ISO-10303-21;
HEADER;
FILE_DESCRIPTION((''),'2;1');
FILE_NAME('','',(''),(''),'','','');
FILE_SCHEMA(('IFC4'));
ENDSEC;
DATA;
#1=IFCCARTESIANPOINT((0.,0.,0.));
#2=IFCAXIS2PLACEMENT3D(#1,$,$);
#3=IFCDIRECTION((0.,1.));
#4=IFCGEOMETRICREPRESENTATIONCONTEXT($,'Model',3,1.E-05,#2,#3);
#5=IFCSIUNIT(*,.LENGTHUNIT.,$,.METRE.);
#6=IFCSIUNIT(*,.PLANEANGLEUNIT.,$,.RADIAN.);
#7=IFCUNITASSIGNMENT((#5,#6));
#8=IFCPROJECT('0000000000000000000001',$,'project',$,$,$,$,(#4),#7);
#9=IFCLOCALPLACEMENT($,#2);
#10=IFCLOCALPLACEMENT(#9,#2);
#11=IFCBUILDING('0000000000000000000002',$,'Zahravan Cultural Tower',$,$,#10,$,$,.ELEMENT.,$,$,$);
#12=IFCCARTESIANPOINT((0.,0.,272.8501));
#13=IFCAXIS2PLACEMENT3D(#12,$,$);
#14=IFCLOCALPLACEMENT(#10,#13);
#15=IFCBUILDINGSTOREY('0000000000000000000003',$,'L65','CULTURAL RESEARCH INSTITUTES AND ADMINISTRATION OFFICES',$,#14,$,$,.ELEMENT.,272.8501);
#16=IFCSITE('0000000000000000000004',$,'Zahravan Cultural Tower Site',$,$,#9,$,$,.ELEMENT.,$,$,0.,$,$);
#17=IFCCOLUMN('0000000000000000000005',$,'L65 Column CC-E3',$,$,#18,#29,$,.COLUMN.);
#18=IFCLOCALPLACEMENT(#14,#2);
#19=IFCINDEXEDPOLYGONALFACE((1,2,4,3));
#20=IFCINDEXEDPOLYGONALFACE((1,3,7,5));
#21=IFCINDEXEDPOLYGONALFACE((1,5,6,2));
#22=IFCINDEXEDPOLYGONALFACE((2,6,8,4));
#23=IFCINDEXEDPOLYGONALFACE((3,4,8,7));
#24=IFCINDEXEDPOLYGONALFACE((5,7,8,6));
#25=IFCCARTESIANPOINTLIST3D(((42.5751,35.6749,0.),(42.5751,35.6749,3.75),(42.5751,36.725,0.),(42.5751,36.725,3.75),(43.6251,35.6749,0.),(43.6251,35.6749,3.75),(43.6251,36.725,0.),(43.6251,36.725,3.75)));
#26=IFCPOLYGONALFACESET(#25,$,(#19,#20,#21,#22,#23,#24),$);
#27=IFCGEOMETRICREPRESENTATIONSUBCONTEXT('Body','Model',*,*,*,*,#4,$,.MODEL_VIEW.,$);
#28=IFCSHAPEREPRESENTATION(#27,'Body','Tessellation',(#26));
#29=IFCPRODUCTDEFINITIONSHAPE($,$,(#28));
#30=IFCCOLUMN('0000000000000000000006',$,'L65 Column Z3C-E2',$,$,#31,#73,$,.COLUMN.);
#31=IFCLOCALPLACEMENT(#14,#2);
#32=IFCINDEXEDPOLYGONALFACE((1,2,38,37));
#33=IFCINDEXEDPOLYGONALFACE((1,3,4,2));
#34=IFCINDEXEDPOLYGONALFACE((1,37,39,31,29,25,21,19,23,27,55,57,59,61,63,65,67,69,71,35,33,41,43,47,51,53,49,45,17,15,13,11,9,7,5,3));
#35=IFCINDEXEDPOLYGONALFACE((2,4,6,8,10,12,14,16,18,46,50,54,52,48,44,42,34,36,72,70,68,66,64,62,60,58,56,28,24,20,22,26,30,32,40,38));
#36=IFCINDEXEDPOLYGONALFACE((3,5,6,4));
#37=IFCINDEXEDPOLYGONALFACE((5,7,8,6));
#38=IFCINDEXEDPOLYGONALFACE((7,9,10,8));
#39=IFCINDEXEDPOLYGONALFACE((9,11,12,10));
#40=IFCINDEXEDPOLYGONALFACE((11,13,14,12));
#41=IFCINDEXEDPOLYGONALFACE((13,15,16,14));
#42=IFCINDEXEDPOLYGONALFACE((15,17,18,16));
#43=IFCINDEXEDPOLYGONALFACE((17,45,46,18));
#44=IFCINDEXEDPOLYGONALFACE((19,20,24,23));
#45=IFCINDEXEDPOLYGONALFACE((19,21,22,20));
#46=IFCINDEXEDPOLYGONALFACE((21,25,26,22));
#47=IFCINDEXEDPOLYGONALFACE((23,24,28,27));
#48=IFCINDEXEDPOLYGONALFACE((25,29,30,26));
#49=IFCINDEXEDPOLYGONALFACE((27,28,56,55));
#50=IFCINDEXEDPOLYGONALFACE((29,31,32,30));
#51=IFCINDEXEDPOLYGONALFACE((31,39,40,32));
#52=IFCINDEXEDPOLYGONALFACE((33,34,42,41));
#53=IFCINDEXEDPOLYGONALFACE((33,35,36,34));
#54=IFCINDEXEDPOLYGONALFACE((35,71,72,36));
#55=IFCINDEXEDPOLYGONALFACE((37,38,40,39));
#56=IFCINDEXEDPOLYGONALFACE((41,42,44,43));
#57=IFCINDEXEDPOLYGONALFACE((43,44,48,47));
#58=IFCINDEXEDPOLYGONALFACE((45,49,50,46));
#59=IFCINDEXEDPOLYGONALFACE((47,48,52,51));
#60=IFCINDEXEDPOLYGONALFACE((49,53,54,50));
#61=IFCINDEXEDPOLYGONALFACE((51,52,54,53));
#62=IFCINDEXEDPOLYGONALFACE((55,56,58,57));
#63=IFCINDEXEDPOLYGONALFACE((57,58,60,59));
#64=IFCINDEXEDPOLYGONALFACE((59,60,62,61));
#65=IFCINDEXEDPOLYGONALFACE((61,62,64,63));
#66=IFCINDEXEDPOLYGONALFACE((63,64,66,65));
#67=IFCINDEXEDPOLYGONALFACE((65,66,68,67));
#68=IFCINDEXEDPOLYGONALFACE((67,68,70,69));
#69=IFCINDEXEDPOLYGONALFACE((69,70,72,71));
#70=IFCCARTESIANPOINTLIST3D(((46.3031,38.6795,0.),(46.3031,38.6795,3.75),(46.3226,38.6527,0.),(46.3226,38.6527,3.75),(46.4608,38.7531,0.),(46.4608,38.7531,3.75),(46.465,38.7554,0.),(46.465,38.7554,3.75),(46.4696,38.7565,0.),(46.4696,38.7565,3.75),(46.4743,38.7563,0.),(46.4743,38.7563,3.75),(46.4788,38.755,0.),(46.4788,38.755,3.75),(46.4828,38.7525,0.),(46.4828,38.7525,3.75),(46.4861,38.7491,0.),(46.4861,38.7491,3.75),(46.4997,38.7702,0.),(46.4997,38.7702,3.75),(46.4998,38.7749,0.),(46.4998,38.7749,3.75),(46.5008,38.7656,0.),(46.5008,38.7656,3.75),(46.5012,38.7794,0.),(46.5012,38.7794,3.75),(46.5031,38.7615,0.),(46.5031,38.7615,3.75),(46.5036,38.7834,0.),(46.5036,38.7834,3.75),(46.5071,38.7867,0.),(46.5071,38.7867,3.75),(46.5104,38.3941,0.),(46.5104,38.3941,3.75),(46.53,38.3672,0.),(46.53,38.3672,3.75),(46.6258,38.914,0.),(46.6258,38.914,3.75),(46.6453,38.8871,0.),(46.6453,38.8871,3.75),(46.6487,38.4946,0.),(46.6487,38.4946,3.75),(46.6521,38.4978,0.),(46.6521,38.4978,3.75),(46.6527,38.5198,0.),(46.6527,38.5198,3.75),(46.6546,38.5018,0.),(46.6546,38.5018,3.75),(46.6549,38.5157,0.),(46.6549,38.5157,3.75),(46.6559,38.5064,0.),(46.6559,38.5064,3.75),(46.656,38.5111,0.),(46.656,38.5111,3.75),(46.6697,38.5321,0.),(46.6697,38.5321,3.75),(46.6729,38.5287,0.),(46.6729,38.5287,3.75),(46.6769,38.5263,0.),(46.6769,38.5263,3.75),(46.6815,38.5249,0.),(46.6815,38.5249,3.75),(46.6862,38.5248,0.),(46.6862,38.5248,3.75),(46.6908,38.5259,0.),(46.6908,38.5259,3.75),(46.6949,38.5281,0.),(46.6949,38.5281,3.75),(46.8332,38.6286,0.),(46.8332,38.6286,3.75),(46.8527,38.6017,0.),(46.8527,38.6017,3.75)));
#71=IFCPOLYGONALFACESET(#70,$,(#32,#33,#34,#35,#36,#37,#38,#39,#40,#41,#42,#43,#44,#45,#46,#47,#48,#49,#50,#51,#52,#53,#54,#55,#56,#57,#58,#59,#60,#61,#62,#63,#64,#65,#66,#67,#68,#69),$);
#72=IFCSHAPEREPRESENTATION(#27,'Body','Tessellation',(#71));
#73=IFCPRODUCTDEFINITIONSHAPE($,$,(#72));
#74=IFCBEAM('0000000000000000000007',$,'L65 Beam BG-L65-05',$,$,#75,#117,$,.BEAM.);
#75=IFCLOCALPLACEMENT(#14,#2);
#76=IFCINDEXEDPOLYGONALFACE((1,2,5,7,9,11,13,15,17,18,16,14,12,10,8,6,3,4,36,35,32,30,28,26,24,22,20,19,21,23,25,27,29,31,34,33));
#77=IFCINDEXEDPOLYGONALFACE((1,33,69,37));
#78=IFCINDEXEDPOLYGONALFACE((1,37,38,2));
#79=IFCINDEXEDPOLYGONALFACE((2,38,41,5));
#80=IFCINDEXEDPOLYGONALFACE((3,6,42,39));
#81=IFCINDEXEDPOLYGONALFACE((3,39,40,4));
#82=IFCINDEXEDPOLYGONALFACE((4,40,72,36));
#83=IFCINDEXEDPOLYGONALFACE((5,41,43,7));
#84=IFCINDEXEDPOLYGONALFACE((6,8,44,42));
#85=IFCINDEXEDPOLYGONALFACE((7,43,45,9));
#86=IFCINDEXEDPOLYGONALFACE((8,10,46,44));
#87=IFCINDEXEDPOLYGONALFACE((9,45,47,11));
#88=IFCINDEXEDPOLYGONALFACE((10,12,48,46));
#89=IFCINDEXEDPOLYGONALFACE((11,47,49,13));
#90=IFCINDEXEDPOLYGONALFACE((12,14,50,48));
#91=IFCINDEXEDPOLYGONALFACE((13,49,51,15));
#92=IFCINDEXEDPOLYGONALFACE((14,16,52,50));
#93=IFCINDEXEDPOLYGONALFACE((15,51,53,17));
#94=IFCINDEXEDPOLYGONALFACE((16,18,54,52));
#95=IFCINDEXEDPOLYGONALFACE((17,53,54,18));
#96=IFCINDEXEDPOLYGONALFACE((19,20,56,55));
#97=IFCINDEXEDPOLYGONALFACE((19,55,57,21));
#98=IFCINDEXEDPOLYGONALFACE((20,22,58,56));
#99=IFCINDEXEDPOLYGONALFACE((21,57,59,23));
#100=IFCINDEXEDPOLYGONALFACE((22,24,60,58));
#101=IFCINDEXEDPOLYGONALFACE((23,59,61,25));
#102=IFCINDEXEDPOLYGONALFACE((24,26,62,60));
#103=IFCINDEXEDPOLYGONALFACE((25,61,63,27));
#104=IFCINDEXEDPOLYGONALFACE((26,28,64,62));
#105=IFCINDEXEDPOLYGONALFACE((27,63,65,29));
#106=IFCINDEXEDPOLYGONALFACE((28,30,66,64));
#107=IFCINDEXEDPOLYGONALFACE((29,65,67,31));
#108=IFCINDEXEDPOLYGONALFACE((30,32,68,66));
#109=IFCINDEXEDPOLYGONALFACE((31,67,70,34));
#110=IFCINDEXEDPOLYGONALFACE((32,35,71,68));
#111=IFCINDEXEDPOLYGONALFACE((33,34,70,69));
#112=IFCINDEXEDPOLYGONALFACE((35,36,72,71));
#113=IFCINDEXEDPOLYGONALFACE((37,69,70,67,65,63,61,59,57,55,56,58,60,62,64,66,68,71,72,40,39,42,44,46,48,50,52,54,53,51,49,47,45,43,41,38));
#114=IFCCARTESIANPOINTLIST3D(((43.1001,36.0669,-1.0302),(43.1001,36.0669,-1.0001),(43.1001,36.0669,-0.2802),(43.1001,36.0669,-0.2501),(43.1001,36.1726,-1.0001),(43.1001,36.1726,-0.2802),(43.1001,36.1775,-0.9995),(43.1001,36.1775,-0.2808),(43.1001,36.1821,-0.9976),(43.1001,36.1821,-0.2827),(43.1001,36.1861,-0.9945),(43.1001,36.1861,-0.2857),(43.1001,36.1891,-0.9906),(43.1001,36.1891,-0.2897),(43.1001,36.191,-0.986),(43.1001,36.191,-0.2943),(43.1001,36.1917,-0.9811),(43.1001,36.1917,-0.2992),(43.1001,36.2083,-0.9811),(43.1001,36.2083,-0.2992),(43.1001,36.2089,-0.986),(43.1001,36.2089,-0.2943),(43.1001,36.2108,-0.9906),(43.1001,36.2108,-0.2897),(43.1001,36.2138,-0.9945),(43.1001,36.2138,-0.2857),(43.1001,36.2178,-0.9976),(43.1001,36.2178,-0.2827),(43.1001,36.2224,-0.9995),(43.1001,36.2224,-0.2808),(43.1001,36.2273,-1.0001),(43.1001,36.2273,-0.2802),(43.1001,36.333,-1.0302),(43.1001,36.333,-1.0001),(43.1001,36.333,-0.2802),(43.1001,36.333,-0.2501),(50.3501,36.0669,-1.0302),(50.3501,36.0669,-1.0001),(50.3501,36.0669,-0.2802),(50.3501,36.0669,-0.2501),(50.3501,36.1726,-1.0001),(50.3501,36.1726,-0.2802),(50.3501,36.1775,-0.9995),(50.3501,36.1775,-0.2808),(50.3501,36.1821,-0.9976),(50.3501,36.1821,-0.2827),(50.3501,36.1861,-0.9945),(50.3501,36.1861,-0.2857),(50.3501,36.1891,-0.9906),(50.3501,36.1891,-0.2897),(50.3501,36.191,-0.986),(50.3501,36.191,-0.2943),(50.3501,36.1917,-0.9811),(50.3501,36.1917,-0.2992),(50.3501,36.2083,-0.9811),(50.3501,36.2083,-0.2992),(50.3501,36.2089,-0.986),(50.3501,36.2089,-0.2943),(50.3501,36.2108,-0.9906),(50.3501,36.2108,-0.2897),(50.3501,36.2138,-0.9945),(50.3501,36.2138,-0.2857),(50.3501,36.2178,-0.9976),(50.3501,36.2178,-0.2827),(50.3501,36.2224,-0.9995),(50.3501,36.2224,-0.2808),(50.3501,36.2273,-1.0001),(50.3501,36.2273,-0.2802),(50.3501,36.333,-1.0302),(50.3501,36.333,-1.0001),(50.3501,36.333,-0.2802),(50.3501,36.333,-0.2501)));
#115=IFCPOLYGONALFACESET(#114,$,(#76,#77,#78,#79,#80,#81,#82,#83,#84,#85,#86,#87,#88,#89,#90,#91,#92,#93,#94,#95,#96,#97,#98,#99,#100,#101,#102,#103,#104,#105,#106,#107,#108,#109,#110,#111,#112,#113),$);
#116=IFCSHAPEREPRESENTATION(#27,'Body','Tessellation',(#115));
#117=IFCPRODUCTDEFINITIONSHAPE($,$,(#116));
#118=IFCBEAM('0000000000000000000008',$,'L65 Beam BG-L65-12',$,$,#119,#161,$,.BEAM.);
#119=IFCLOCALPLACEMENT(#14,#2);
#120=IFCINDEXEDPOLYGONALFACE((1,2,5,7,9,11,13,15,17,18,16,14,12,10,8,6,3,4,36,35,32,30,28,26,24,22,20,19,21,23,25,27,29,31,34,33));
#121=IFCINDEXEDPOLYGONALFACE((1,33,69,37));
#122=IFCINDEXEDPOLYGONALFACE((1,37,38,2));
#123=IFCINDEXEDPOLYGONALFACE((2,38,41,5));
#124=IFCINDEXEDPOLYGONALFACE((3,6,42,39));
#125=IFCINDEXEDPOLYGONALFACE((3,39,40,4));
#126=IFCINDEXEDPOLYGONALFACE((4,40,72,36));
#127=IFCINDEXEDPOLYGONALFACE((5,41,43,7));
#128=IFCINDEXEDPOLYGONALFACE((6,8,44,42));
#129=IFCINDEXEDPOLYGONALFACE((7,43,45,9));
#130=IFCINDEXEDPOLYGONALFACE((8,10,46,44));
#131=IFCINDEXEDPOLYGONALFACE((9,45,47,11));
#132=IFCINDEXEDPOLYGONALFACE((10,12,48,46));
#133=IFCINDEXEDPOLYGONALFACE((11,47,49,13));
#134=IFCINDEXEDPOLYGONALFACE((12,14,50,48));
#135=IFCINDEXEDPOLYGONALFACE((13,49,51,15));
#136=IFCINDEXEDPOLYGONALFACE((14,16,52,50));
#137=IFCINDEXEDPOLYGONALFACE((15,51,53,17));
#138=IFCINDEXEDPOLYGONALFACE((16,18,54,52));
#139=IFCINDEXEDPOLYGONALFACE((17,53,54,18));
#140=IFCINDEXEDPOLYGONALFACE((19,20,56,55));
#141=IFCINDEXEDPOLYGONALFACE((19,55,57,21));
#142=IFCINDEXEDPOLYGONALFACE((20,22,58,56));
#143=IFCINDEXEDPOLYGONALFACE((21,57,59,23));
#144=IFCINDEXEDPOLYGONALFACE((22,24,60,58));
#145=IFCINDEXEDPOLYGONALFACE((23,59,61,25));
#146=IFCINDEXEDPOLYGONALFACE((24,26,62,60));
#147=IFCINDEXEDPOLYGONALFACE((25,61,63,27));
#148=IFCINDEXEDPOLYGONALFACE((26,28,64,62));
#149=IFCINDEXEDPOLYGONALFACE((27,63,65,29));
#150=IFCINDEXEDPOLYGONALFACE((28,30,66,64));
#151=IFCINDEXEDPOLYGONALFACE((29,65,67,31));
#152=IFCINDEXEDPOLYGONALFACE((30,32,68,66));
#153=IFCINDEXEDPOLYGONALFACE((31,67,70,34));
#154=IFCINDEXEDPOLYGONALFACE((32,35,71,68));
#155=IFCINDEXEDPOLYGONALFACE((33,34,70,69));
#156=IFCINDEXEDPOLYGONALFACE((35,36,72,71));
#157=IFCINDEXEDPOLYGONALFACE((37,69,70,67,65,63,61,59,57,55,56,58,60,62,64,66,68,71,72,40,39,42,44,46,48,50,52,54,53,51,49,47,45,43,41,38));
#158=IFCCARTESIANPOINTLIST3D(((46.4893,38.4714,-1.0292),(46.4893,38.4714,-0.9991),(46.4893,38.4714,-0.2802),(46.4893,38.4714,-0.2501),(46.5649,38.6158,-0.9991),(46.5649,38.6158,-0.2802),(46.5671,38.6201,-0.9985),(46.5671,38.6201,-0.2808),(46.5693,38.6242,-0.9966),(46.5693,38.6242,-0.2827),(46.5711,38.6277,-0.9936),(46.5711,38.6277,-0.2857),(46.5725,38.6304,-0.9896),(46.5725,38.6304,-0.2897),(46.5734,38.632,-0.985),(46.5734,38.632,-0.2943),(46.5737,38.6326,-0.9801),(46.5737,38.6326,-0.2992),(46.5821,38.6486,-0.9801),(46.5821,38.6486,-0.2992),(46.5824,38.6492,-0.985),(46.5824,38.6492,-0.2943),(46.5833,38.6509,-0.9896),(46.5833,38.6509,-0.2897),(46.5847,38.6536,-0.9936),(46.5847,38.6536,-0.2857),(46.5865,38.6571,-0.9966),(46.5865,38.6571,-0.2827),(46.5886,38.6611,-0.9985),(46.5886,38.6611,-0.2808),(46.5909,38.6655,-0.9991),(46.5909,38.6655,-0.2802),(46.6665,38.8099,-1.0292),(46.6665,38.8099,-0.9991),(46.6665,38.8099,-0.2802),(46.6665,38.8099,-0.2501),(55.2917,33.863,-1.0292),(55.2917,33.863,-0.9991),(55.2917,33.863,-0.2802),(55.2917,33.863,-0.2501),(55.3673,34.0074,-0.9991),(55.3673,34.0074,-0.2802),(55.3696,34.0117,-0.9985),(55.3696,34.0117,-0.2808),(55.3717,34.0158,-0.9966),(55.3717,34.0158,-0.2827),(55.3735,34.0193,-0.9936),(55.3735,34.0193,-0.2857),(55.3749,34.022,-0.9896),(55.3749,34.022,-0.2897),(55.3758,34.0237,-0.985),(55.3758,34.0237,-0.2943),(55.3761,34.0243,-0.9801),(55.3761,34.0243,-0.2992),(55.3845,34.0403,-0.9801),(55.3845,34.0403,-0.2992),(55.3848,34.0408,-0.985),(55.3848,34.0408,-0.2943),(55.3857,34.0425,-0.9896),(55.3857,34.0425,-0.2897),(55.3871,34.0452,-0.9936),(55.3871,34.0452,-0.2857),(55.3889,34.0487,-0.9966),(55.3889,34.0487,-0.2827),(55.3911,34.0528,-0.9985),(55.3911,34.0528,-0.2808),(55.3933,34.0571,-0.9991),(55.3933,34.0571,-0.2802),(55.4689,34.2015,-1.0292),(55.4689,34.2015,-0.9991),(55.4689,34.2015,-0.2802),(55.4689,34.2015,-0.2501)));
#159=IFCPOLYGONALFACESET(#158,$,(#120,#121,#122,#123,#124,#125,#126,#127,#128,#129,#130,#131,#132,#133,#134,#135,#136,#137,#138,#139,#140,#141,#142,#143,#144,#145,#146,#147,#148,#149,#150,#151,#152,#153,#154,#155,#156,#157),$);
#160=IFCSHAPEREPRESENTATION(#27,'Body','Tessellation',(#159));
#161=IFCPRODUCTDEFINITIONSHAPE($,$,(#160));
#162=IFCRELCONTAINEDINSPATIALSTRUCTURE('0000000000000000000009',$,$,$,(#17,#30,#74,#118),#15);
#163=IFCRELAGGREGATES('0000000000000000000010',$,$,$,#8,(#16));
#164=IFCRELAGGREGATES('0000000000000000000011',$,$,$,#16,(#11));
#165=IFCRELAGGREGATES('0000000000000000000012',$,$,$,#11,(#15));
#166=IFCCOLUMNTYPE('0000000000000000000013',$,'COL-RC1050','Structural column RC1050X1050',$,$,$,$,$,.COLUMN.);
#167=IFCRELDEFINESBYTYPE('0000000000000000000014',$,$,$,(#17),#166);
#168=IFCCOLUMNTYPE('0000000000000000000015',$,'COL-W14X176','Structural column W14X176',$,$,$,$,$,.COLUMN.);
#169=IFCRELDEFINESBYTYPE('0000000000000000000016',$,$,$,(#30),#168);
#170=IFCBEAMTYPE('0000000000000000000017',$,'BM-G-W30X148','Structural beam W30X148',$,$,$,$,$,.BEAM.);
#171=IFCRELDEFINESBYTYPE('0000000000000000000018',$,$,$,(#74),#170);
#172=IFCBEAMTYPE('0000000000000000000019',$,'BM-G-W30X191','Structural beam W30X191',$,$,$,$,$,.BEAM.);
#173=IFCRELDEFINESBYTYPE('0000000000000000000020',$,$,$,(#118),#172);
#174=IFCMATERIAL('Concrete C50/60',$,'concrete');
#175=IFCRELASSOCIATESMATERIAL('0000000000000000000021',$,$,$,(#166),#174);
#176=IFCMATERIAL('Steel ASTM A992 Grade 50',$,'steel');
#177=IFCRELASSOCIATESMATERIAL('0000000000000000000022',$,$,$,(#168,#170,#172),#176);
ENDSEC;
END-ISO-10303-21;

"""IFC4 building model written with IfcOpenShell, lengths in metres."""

from ifc_helpers import new_model, si_unit, direction, frame, origin, origin_2d, place, context, subcontext, project, spatial, rectangle, i_section, extrude, source, transform, mapped, material, material_profile, profile_set, type_object, element, save


model = new_model("IFC4")

# Units and contexts
model_context = context("Model", 3, precision=1e-05, world=origin(), true_north=direction((0.0, 1.0)))
body_context = subcontext(model_context, "Body", "Model", "MODEL_VIEW")
ifc_project = project(units=[si_unit("LENGTHUNIT", "METRE"), si_unit("PLANEANGLEUNIT", "RADIAN")], contexts=[model_context])

# Site, building, storey
site_placement = place(None, origin())
site = spatial("IfcSite", under=ifc_project, at=site_placement, Name="Zahravan Cultural Tower Site", CompositionType="ELEMENT", RefElevation=0.0)
building_placement = place(site_placement, origin())
building = spatial("IfcBuilding", under=site, at=building_placement, Name="Zahravan Cultural Tower", CompositionType="ELEMENT")
storey_placement = place(building_placement, frame((0.0, 0.0, 272.8501)))
storey = spatial("IfcBuildingStorey", under=building, at=storey_placement, Name="L65", Description="CULTURAL RESEARCH INSTITUTES AND ADMINISTRATION OFFICES", CompositionType="ELEMENT", Elevation=272.8501)

# Columns
ifc_material_1 = material(Name="Concrete C50/60", Category="concrete")
ifc_material_profile_1 = material_profile(ifc_material_1, rectangle(XDim=1.05, YDim=1.05, at=origin_2d()), Name="RC1050X1050")
ifc_profile_set_1 = profile_set([ifc_material_profile_1], Name="Concrete C50/60")
column_type_1 = type_object("IfcColumnType", Name="COL-RC1050", Description="Structural column RC1050X1050", PredefinedType="COLUMN", material=ifc_profile_set_1)
shared_shape_1 = source(origin(), body_context, "Body", "SweptSolid", [
    extrude(rectangle(XDim=1.05, YDim=1.05, at=origin_2d()), origin(), (0.0, 0.0, 1.0), 3.75),
])
column_1_placement = place(storey_placement, frame((43.1001, 36.2, 0.0), z_axis=(0.0, 0.0, 1.0), x_axis=(1.0, 0.0, 0.0)))
element("IfcColumn", 1, at=column_1_placement, inside=storey, type_object=column_type_1, Name="L65 Column CC-E3", PredefinedType="COLUMN", context=body_context, shape_type="MappedRepresentation", body=[
    mapped(shared_shape_1, transform((0.0, 0.0, 0.0), x_axis=(1.0, 0.0, 0.0), y_axis=(0.0, 1.0, 0.0), z_axis=(0.0, 0.0, 1.0), scale=1.0)),
])
ifc_material_2 = material(Name="Steel ASTM A992 Grade 50", Category="steel")
ifc_material_profile_2 = material_profile(ifc_material_2, i_section(OverallWidth=0.3989, OverallDepth=0.386, WebThickness=0.021, FlangeThickness=0.0332, FilletRadius=0.0181, at=origin_2d()), Name="W14X176")
ifc_profile_set_2 = profile_set([ifc_material_profile_2], Name="Steel ASTM A992 Grade 50")
column_type_2 = type_object("IfcColumnType", Name="COL-W14X176", Description="Structural column W14X176", PredefinedType="COLUMN", material=ifc_profile_set_2)
shared_shape_2 = source(origin(), body_context, "Body", "SweptSolid", [
    extrude(i_section(OverallWidth=0.3989, OverallDepth=0.386, WebThickness=0.021, FlangeThickness=0.0332, FilletRadius=0.0181, at=origin_2d()), origin(), (0.0, 0.0, 1.0), 3.75),
])
column_2_placement = place(storey_placement, frame((46.5779, 38.6406, 0.0), z_axis=(0.0, 0.0, 1.0), x_axis=(0.809017, 0.587785, 0.0)))
element("IfcColumn", 2, at=column_2_placement, inside=storey, type_object=column_type_2, Name="L65 Column Z3C-E2", PredefinedType="COLUMN", context=body_context, shape_type="MappedRepresentation", body=[
    mapped(shared_shape_2, transform((0.0, 0.0, 0.0), x_axis=(1.0, 0.0, 0.0), y_axis=(0.0, 1.0, 0.0), z_axis=(0.0, 0.0, 1.0), scale=1.0)),
])

# Beams
ifc_material_profile_3 = material_profile(ifc_material_2, i_section(OverallWidth=0.2661, OverallDepth=0.78, WebThickness=0.0166, FlangeThickness=0.03, FilletRadius=0.019, at=origin_2d()), Name="W30X148")
ifc_profile_set_3 = profile_set([ifc_material_profile_3], Name="Steel ASTM A992 Grade 50")
beam_type_1 = type_object("IfcBeamType", Name="BM-G-W30X148", Description="Structural beam W30X148", PredefinedType="BEAM", material=ifc_profile_set_3)
shared_shape_3 = source(origin(), body_context, "Body", "SweptSolid", [
    extrude(i_section(OverallWidth=0.2661, OverallDepth=0.78, WebThickness=0.0166, FlangeThickness=0.03, FilletRadius=0.019, at=origin_2d()), origin(), (0.0, 0.0, 1.0), 7.25),
])
beam_1_placement = place(storey_placement, frame((43.1001, 36.2, -0.6401), z_axis=(1.0, 0.0, 0.0), x_axis=(0.0, 1.0, 0.0)))
element("IfcBeam", 3, at=beam_1_placement, inside=storey, type_object=beam_type_1, Name="L65 Beam BG-L65-05", PredefinedType="BEAM", context=body_context, shape_type="MappedRepresentation", body=[
    mapped(shared_shape_3, transform((0.0, 0.0, 0.0), x_axis=(1.0, 0.0, 0.0), y_axis=(0.0, 1.0, 0.0), z_axis=(0.0, 0.0, 1.0), scale=1.0)),
])
ifc_material_profile_4 = material_profile(ifc_material_2, i_section(OverallWidth=0.3821, OverallDepth=0.7791, WebThickness=0.0181, FlangeThickness=0.03, FilletRadius=0.019, at=origin_2d()), Name="W30X191")
ifc_profile_set_4 = profile_set([ifc_material_profile_4], Name="Steel ASTM A992 Grade 50")
beam_type_2 = type_object("IfcBeamType", Name="BM-G-W30X191", Description="Structural beam W30X191", PredefinedType="BEAM", material=ifc_profile_set_4)
shared_shape_4 = source(origin(), body_context, "Body", "SweptSolid", [
    extrude(i_section(OverallWidth=0.3821, OverallDepth=0.7791, WebThickness=0.0181, FlangeThickness=0.03, FilletRadius=0.019, at=origin_2d()), origin(), (0.0, 0.0, 1.0), 9.9358),
])
beam_2_placement = place(storey_placement, frame((46.5779, 38.6406, -0.6396), z_axis=(0.885932, -0.463815, 0.0), x_axis=(0.463815, 0.885932, 0.0)))
element("IfcBeam", 4, at=beam_2_placement, inside=storey, type_object=beam_type_2, Name="L65 Beam BG-L65-12", PredefinedType="BEAM", context=body_context, shape_type="MappedRepresentation", body=[
    mapped(shared_shape_4, transform((0.0, 0.0, 0.0), x_axis=(1.0, 0.0, 0.0), y_axis=(0.0, 1.0, 0.0), z_axis=(0.0, 0.0, 1.0), scale=1.0)),
])

save(model, "model.ifc")
